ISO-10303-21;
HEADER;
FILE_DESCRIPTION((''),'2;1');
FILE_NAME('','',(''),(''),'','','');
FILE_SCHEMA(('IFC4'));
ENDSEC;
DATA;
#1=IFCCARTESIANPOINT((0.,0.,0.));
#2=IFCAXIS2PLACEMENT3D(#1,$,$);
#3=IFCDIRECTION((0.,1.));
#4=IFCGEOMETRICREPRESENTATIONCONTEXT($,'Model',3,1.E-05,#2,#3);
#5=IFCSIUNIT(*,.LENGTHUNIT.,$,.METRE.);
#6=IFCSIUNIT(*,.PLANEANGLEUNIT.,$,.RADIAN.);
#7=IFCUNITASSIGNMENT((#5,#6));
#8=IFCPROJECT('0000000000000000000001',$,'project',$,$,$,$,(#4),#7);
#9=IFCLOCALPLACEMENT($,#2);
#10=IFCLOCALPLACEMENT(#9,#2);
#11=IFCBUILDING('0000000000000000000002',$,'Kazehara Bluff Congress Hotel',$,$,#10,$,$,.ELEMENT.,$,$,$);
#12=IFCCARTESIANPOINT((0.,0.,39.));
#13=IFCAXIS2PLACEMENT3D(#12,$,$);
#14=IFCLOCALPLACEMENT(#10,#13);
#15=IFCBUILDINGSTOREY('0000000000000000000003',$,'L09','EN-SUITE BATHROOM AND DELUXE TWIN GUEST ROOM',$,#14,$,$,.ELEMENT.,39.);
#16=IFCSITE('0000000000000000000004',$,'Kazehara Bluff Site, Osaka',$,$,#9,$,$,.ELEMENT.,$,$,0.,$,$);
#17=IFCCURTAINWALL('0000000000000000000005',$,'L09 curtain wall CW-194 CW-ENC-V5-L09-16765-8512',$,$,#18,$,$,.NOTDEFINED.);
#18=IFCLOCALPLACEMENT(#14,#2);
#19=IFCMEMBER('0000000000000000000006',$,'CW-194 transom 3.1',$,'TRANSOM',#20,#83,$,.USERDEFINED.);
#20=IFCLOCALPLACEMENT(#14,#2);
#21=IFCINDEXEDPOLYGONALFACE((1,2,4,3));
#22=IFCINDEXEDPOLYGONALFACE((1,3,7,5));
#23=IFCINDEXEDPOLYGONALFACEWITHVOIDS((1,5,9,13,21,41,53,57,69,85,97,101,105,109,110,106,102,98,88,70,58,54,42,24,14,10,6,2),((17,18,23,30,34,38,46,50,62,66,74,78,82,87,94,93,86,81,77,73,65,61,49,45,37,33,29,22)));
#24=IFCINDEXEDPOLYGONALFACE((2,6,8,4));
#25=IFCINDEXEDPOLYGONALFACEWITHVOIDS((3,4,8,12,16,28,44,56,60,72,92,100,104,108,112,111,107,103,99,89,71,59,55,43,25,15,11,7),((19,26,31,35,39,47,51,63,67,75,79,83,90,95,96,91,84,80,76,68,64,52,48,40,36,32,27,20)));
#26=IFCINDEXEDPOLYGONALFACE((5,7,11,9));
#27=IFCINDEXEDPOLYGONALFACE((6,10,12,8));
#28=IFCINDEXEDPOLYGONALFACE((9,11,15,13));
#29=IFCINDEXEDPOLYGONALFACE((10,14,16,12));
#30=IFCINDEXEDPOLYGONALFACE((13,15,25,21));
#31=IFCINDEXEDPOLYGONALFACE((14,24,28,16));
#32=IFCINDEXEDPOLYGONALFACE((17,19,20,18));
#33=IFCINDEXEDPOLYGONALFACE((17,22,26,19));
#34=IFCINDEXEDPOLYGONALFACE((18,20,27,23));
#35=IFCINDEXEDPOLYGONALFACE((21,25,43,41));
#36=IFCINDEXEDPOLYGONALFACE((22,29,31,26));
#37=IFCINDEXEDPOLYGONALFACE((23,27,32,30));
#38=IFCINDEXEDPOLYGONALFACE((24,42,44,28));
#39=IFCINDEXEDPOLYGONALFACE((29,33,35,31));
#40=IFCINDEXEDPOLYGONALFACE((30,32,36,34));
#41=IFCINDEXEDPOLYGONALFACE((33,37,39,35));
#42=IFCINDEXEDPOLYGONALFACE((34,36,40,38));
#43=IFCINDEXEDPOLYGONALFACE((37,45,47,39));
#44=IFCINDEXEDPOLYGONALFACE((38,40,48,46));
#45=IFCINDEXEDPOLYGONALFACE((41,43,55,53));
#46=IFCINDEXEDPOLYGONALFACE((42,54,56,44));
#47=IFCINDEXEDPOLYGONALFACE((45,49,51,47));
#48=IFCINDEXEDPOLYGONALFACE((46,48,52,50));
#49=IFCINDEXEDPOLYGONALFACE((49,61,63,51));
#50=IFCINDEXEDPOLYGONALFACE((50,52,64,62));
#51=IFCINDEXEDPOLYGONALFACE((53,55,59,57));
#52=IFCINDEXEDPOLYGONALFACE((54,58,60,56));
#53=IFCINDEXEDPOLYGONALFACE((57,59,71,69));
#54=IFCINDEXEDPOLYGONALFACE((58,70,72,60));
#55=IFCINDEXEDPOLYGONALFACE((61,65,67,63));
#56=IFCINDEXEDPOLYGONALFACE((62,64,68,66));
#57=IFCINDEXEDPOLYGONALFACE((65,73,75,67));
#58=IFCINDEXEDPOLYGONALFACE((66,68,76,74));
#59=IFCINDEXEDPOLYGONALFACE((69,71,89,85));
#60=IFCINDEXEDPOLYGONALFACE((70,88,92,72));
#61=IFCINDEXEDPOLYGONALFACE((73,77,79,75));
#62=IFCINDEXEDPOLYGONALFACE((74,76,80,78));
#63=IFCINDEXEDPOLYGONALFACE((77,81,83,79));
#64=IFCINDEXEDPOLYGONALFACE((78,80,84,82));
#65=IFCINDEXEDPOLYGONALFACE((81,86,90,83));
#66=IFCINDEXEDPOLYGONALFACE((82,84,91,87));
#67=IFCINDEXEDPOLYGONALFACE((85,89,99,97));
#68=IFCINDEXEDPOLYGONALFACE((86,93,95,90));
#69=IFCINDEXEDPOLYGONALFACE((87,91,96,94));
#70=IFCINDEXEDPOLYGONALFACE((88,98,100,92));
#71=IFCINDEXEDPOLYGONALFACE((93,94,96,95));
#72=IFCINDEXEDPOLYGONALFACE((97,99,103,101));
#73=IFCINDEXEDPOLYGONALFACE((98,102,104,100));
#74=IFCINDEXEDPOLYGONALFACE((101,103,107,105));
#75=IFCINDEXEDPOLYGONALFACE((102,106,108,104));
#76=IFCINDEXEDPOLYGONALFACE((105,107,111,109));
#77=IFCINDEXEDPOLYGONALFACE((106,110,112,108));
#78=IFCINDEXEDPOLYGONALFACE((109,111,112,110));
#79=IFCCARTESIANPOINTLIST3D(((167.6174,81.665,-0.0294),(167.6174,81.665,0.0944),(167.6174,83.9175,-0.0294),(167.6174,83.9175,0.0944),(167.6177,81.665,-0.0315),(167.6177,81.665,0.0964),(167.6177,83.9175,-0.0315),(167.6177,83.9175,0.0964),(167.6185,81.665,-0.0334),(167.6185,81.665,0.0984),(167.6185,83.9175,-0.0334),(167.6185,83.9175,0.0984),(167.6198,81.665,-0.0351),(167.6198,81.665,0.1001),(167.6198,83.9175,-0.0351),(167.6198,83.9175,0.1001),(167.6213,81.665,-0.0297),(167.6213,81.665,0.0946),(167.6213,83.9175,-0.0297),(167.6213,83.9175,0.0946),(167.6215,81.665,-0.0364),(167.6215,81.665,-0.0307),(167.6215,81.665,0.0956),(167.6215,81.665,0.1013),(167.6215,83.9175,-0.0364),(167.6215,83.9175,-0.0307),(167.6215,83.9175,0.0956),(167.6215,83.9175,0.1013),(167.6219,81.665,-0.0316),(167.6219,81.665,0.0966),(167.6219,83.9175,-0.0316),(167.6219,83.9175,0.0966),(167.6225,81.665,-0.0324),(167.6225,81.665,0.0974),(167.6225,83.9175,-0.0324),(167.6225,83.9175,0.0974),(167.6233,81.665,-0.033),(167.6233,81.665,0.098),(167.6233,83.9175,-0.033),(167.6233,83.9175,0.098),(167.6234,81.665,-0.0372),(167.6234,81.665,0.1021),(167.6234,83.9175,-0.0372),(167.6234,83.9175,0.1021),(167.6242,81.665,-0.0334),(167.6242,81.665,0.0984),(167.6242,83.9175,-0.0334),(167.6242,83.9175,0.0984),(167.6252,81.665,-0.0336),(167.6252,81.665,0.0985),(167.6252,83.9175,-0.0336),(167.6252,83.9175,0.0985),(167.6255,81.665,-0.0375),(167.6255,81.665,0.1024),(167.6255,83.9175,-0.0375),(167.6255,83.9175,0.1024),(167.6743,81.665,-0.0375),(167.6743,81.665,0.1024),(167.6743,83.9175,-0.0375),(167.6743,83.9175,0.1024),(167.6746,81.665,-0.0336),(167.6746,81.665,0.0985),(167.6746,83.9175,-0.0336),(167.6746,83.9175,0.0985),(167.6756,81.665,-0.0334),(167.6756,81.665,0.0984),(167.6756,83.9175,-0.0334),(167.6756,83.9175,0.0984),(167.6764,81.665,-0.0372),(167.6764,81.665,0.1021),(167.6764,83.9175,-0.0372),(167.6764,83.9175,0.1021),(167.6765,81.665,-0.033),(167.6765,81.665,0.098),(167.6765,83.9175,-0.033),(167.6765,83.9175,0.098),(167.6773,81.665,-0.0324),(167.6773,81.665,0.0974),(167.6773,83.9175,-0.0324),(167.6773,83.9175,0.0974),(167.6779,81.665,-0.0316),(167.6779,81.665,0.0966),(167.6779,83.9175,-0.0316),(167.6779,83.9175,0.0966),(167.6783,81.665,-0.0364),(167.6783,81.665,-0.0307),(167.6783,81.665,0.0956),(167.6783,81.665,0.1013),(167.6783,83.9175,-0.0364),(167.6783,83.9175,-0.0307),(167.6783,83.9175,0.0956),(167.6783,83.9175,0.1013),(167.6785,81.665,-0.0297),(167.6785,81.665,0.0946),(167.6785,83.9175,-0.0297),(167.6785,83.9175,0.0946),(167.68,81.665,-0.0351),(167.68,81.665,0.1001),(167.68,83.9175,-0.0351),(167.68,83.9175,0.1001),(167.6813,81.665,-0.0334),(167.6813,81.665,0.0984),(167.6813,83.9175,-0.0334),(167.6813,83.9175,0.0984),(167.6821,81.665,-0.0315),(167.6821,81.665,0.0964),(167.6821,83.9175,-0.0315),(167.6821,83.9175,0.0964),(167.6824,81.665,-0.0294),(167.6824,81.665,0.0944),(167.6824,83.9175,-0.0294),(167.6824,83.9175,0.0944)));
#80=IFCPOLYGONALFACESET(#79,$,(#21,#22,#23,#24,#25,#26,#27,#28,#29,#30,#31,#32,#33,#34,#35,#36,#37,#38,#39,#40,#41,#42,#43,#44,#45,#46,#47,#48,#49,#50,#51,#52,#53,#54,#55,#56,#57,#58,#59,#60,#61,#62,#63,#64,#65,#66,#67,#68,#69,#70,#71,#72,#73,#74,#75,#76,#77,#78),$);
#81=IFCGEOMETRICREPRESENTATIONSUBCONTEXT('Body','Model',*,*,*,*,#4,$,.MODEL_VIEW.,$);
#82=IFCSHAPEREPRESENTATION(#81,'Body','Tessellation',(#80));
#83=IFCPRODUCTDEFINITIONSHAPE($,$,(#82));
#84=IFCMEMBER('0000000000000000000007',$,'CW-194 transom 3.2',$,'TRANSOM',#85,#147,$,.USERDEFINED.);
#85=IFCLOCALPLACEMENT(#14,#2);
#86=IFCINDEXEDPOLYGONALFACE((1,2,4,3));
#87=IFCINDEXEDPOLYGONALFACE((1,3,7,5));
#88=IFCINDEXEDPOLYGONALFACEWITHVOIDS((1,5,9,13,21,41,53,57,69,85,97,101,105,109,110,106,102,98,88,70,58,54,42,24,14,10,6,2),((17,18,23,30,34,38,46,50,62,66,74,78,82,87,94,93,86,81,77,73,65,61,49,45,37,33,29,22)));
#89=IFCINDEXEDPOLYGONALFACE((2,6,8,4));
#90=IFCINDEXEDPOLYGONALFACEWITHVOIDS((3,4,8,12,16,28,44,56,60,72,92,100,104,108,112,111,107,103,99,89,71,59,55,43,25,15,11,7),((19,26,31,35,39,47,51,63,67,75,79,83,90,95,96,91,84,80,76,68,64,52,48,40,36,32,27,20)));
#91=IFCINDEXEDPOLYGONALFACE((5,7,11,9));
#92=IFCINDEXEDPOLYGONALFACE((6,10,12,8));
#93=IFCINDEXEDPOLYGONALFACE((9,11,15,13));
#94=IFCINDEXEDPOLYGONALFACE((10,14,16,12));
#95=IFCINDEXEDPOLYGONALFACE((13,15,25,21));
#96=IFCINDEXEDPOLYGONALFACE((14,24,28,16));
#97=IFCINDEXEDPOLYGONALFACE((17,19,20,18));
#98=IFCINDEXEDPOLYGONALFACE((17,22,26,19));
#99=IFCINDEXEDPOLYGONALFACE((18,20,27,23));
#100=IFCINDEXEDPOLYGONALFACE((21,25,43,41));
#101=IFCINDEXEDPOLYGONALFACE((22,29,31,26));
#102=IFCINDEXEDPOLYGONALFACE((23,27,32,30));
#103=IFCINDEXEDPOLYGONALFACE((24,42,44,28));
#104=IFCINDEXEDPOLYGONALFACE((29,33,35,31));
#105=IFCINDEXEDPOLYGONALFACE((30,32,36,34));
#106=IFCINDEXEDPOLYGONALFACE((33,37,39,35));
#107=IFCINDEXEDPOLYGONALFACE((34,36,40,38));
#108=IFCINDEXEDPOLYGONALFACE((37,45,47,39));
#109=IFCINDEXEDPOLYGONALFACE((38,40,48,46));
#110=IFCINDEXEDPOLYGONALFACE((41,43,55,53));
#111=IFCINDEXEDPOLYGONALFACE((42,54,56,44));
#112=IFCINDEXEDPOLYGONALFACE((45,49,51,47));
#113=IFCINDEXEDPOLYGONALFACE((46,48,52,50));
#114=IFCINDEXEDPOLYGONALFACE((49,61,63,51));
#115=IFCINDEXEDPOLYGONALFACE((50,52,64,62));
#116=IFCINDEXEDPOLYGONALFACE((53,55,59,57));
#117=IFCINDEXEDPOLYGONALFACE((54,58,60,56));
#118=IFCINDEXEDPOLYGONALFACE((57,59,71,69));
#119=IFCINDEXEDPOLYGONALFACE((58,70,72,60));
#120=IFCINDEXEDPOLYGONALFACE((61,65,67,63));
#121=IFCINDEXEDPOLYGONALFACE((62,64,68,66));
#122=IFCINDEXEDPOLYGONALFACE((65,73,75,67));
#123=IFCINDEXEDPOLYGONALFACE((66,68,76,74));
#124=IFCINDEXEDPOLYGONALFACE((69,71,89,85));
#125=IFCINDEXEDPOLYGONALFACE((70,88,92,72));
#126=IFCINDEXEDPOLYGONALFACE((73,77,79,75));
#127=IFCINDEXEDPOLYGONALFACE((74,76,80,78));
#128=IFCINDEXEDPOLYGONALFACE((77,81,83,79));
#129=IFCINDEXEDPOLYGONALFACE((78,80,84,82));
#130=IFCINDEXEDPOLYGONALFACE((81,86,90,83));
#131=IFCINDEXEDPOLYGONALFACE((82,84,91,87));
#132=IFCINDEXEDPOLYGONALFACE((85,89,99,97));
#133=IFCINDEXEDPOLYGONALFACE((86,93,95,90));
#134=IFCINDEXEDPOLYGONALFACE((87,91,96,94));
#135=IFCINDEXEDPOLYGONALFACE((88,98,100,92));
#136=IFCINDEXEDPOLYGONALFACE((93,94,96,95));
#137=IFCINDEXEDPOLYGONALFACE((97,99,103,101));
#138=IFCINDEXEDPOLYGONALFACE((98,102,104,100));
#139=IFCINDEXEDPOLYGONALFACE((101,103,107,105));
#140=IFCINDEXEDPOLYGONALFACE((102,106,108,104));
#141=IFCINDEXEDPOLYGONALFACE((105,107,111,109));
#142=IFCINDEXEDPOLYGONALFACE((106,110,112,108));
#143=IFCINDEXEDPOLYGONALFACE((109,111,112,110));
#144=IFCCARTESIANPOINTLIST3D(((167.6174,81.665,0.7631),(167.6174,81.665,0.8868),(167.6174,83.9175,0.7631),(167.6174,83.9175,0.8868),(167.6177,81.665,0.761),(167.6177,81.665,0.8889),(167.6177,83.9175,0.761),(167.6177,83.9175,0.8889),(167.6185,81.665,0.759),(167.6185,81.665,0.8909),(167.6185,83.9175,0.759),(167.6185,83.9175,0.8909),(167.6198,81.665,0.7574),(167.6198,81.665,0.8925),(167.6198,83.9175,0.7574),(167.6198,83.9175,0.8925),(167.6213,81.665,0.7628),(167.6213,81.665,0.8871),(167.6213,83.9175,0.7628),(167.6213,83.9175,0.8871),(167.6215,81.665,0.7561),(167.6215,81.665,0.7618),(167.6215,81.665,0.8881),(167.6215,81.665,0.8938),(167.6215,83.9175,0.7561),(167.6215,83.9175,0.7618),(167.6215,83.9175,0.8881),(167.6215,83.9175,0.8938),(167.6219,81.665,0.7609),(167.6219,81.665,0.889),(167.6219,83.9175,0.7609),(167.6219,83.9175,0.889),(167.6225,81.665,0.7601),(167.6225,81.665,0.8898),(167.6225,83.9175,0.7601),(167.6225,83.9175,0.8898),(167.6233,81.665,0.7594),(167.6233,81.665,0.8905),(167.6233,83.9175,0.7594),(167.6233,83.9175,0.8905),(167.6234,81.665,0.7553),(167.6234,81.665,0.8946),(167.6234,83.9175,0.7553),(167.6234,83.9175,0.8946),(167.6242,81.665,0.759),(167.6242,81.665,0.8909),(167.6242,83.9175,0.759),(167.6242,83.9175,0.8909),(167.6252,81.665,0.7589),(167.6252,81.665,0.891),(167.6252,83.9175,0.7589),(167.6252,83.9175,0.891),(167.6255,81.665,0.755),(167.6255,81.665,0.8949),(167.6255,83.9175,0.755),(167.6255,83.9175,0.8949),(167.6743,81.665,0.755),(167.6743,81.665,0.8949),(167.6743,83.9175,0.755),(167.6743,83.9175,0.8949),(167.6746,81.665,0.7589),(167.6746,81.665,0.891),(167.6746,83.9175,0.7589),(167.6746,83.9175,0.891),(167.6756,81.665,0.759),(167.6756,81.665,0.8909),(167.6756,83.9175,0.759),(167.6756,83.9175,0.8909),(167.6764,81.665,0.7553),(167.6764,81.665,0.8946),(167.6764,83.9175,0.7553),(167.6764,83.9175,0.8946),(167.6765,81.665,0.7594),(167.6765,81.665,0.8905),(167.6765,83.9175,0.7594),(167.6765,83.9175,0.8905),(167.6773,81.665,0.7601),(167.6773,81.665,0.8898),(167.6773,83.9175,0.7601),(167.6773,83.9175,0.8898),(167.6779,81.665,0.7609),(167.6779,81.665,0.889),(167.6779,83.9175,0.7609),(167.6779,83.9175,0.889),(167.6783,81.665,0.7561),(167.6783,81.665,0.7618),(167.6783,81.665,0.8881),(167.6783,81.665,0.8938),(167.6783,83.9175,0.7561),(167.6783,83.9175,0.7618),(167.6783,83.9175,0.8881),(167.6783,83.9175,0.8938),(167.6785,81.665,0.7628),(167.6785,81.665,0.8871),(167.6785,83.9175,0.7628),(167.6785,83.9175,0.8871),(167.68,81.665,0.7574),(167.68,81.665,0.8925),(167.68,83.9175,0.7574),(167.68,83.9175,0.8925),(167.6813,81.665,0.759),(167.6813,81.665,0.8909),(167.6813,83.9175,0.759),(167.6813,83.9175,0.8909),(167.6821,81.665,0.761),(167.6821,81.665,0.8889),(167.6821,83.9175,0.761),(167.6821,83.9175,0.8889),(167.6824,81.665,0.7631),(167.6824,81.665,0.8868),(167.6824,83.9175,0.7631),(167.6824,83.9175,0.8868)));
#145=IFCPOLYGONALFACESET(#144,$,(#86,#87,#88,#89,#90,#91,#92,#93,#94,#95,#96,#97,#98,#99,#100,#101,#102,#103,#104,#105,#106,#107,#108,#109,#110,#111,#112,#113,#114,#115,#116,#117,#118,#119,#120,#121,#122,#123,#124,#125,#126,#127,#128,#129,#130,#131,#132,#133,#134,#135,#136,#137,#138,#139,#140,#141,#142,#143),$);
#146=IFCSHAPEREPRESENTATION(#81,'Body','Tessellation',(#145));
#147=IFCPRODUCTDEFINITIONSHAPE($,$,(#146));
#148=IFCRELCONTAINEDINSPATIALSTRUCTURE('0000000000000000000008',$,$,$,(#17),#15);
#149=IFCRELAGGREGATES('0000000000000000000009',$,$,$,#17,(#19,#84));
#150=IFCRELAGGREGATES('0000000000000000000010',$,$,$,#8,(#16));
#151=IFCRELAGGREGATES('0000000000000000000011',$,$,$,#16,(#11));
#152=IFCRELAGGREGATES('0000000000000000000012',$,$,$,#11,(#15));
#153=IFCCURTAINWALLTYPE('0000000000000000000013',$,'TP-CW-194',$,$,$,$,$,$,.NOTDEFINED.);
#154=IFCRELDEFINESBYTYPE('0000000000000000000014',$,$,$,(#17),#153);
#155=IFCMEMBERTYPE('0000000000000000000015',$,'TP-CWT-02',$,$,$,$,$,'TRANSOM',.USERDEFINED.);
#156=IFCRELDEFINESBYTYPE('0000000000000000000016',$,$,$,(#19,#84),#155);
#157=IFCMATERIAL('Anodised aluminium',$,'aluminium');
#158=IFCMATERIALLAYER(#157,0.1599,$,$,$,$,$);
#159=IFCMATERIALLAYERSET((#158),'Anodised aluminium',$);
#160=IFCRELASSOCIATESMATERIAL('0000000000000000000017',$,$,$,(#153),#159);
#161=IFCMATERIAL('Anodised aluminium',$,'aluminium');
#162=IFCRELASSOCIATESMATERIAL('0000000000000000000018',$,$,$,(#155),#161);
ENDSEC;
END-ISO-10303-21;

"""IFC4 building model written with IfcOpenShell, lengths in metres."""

from ifc_helpers import new_model, si_unit, direction, frame, origin, origin_2d, place, context, subcontext, project, spatial, hollow_rectangle, extrude, material, layer, layer_set, material_profile, profile_set, type_object, element, aggregate, save


model = new_model("IFC4")

# Units and contexts
model_context = context("Model", 3, precision=1e-05, world=origin(), true_north=direction((0.0, 1.0)))
body_context = subcontext(model_context, "Body", "Model", "MODEL_VIEW")
ifc_project = project(units=[si_unit("LENGTHUNIT", "METRE"), si_unit("PLANEANGLEUNIT", "RADIAN")], contexts=[model_context])

# Site, building, storey
site_placement = place(None, origin())
site = spatial("IfcSite", under=ifc_project, at=site_placement, Name="Kazehara Bluff Site, Osaka", CompositionType="ELEMENT", RefElevation=0.0)
building_placement = place(site_placement, origin())
building = spatial("IfcBuilding", under=site, at=building_placement, Name="Kazehara Bluff Congress Hotel", CompositionType="ELEMENT")
storey_placement = place(building_placement, frame((0.0, 0.0, 39.0)))
storey = spatial("IfcBuildingStorey", under=building, at=storey_placement, Name="L09", Description="EN-SUITE BATHROOM AND DELUXE TWIN GUEST ROOM", CompositionType="ELEMENT", Elevation=39.0)

# Curtain wall, members
ifc_material_1 = material(Name="Anodised aluminium", Category="aluminium")
ifc_layer_1 = layer(ifc_material_1, 0.1599)
ifc_layer_set_1 = layer_set([ifc_layer_1], Name="Anodised aluminium")
curtain_wall_type = type_object("IfcCurtainWallType", Name="TP-CW-194", PredefinedType="NOTDEFINED", material=ifc_layer_set_1)
curtain_wall_placement = place(storey_placement, origin())
curtain_wall = element("IfcCurtainWall", 1, at=curtain_wall_placement, inside=storey, type_object=curtain_wall_type, Name="L09 curtain wall CW-194 CW-ENC-V5-L09-16765-8512", PredefinedType="NOTDEFINED")
ifc_material_2 = material(Name="Anodised aluminium", Category="aluminium")
ifc_material_profile_1 = material_profile(ifc_material_2, hollow_rectangle(XDim=0.0649, YDim=0.1399, WallThickness=0.0039, InnerFilletRadius=0.0039, OuterFilletRadius=0.0081, at=origin_2d()))
ifc_profile_set_1 = profile_set([ifc_material_profile_1], Name="Anodised aluminium")
member_type_1 = type_object("IfcMemberType", Name="TP-CWT-02", ElementType="TRANSOM", PredefinedType="USERDEFINED", material=ifc_profile_set_1)
member_1_placement = place(storey_placement, frame((167.6499, 83.9175, 0.0325), z_axis=(0.0, -1.0, 0.0), x_axis=(1.0, 0.0, 0.0)))
member_1 = element("IfcMember", 2, at=member_1_placement, type_object=member_type_1, Name="CW-194 transom 3.1", ObjectType="TRANSOM", PredefinedType="USERDEFINED", context=body_context, shape_type="SweptSolid", body=[
    extrude(hollow_rectangle(XDim=0.0649, YDim=0.1399, WallThickness=0.0039, InnerFilletRadius=0.0039, OuterFilletRadius=0.0081, at=origin_2d()), origin(), (0.0, 0.0, 1.0), 2.2524),
])
member_2_placement = place(storey_placement, frame((167.6499, 83.9175, 0.825), z_axis=(0.0, -1.0, 0.0), x_axis=(1.0, 0.0, 0.0)))
member_2 = element("IfcMember", 3, at=member_2_placement, type_object=member_type_1, Name="CW-194 transom 3.2", ObjectType="TRANSOM", PredefinedType="USERDEFINED", context=body_context, shape_type="SweptSolid", body=[
    extrude(hollow_rectangle(XDim=0.0649, YDim=0.1399, WallThickness=0.0039, InnerFilletRadius=0.0039, OuterFilletRadius=0.0081, at=origin_2d()), origin(), (0.0, 0.0, 1.0), 2.2524),
])
aggregate(curtain_wall, [member_1, member_2])

save(model, "model.ifc")
